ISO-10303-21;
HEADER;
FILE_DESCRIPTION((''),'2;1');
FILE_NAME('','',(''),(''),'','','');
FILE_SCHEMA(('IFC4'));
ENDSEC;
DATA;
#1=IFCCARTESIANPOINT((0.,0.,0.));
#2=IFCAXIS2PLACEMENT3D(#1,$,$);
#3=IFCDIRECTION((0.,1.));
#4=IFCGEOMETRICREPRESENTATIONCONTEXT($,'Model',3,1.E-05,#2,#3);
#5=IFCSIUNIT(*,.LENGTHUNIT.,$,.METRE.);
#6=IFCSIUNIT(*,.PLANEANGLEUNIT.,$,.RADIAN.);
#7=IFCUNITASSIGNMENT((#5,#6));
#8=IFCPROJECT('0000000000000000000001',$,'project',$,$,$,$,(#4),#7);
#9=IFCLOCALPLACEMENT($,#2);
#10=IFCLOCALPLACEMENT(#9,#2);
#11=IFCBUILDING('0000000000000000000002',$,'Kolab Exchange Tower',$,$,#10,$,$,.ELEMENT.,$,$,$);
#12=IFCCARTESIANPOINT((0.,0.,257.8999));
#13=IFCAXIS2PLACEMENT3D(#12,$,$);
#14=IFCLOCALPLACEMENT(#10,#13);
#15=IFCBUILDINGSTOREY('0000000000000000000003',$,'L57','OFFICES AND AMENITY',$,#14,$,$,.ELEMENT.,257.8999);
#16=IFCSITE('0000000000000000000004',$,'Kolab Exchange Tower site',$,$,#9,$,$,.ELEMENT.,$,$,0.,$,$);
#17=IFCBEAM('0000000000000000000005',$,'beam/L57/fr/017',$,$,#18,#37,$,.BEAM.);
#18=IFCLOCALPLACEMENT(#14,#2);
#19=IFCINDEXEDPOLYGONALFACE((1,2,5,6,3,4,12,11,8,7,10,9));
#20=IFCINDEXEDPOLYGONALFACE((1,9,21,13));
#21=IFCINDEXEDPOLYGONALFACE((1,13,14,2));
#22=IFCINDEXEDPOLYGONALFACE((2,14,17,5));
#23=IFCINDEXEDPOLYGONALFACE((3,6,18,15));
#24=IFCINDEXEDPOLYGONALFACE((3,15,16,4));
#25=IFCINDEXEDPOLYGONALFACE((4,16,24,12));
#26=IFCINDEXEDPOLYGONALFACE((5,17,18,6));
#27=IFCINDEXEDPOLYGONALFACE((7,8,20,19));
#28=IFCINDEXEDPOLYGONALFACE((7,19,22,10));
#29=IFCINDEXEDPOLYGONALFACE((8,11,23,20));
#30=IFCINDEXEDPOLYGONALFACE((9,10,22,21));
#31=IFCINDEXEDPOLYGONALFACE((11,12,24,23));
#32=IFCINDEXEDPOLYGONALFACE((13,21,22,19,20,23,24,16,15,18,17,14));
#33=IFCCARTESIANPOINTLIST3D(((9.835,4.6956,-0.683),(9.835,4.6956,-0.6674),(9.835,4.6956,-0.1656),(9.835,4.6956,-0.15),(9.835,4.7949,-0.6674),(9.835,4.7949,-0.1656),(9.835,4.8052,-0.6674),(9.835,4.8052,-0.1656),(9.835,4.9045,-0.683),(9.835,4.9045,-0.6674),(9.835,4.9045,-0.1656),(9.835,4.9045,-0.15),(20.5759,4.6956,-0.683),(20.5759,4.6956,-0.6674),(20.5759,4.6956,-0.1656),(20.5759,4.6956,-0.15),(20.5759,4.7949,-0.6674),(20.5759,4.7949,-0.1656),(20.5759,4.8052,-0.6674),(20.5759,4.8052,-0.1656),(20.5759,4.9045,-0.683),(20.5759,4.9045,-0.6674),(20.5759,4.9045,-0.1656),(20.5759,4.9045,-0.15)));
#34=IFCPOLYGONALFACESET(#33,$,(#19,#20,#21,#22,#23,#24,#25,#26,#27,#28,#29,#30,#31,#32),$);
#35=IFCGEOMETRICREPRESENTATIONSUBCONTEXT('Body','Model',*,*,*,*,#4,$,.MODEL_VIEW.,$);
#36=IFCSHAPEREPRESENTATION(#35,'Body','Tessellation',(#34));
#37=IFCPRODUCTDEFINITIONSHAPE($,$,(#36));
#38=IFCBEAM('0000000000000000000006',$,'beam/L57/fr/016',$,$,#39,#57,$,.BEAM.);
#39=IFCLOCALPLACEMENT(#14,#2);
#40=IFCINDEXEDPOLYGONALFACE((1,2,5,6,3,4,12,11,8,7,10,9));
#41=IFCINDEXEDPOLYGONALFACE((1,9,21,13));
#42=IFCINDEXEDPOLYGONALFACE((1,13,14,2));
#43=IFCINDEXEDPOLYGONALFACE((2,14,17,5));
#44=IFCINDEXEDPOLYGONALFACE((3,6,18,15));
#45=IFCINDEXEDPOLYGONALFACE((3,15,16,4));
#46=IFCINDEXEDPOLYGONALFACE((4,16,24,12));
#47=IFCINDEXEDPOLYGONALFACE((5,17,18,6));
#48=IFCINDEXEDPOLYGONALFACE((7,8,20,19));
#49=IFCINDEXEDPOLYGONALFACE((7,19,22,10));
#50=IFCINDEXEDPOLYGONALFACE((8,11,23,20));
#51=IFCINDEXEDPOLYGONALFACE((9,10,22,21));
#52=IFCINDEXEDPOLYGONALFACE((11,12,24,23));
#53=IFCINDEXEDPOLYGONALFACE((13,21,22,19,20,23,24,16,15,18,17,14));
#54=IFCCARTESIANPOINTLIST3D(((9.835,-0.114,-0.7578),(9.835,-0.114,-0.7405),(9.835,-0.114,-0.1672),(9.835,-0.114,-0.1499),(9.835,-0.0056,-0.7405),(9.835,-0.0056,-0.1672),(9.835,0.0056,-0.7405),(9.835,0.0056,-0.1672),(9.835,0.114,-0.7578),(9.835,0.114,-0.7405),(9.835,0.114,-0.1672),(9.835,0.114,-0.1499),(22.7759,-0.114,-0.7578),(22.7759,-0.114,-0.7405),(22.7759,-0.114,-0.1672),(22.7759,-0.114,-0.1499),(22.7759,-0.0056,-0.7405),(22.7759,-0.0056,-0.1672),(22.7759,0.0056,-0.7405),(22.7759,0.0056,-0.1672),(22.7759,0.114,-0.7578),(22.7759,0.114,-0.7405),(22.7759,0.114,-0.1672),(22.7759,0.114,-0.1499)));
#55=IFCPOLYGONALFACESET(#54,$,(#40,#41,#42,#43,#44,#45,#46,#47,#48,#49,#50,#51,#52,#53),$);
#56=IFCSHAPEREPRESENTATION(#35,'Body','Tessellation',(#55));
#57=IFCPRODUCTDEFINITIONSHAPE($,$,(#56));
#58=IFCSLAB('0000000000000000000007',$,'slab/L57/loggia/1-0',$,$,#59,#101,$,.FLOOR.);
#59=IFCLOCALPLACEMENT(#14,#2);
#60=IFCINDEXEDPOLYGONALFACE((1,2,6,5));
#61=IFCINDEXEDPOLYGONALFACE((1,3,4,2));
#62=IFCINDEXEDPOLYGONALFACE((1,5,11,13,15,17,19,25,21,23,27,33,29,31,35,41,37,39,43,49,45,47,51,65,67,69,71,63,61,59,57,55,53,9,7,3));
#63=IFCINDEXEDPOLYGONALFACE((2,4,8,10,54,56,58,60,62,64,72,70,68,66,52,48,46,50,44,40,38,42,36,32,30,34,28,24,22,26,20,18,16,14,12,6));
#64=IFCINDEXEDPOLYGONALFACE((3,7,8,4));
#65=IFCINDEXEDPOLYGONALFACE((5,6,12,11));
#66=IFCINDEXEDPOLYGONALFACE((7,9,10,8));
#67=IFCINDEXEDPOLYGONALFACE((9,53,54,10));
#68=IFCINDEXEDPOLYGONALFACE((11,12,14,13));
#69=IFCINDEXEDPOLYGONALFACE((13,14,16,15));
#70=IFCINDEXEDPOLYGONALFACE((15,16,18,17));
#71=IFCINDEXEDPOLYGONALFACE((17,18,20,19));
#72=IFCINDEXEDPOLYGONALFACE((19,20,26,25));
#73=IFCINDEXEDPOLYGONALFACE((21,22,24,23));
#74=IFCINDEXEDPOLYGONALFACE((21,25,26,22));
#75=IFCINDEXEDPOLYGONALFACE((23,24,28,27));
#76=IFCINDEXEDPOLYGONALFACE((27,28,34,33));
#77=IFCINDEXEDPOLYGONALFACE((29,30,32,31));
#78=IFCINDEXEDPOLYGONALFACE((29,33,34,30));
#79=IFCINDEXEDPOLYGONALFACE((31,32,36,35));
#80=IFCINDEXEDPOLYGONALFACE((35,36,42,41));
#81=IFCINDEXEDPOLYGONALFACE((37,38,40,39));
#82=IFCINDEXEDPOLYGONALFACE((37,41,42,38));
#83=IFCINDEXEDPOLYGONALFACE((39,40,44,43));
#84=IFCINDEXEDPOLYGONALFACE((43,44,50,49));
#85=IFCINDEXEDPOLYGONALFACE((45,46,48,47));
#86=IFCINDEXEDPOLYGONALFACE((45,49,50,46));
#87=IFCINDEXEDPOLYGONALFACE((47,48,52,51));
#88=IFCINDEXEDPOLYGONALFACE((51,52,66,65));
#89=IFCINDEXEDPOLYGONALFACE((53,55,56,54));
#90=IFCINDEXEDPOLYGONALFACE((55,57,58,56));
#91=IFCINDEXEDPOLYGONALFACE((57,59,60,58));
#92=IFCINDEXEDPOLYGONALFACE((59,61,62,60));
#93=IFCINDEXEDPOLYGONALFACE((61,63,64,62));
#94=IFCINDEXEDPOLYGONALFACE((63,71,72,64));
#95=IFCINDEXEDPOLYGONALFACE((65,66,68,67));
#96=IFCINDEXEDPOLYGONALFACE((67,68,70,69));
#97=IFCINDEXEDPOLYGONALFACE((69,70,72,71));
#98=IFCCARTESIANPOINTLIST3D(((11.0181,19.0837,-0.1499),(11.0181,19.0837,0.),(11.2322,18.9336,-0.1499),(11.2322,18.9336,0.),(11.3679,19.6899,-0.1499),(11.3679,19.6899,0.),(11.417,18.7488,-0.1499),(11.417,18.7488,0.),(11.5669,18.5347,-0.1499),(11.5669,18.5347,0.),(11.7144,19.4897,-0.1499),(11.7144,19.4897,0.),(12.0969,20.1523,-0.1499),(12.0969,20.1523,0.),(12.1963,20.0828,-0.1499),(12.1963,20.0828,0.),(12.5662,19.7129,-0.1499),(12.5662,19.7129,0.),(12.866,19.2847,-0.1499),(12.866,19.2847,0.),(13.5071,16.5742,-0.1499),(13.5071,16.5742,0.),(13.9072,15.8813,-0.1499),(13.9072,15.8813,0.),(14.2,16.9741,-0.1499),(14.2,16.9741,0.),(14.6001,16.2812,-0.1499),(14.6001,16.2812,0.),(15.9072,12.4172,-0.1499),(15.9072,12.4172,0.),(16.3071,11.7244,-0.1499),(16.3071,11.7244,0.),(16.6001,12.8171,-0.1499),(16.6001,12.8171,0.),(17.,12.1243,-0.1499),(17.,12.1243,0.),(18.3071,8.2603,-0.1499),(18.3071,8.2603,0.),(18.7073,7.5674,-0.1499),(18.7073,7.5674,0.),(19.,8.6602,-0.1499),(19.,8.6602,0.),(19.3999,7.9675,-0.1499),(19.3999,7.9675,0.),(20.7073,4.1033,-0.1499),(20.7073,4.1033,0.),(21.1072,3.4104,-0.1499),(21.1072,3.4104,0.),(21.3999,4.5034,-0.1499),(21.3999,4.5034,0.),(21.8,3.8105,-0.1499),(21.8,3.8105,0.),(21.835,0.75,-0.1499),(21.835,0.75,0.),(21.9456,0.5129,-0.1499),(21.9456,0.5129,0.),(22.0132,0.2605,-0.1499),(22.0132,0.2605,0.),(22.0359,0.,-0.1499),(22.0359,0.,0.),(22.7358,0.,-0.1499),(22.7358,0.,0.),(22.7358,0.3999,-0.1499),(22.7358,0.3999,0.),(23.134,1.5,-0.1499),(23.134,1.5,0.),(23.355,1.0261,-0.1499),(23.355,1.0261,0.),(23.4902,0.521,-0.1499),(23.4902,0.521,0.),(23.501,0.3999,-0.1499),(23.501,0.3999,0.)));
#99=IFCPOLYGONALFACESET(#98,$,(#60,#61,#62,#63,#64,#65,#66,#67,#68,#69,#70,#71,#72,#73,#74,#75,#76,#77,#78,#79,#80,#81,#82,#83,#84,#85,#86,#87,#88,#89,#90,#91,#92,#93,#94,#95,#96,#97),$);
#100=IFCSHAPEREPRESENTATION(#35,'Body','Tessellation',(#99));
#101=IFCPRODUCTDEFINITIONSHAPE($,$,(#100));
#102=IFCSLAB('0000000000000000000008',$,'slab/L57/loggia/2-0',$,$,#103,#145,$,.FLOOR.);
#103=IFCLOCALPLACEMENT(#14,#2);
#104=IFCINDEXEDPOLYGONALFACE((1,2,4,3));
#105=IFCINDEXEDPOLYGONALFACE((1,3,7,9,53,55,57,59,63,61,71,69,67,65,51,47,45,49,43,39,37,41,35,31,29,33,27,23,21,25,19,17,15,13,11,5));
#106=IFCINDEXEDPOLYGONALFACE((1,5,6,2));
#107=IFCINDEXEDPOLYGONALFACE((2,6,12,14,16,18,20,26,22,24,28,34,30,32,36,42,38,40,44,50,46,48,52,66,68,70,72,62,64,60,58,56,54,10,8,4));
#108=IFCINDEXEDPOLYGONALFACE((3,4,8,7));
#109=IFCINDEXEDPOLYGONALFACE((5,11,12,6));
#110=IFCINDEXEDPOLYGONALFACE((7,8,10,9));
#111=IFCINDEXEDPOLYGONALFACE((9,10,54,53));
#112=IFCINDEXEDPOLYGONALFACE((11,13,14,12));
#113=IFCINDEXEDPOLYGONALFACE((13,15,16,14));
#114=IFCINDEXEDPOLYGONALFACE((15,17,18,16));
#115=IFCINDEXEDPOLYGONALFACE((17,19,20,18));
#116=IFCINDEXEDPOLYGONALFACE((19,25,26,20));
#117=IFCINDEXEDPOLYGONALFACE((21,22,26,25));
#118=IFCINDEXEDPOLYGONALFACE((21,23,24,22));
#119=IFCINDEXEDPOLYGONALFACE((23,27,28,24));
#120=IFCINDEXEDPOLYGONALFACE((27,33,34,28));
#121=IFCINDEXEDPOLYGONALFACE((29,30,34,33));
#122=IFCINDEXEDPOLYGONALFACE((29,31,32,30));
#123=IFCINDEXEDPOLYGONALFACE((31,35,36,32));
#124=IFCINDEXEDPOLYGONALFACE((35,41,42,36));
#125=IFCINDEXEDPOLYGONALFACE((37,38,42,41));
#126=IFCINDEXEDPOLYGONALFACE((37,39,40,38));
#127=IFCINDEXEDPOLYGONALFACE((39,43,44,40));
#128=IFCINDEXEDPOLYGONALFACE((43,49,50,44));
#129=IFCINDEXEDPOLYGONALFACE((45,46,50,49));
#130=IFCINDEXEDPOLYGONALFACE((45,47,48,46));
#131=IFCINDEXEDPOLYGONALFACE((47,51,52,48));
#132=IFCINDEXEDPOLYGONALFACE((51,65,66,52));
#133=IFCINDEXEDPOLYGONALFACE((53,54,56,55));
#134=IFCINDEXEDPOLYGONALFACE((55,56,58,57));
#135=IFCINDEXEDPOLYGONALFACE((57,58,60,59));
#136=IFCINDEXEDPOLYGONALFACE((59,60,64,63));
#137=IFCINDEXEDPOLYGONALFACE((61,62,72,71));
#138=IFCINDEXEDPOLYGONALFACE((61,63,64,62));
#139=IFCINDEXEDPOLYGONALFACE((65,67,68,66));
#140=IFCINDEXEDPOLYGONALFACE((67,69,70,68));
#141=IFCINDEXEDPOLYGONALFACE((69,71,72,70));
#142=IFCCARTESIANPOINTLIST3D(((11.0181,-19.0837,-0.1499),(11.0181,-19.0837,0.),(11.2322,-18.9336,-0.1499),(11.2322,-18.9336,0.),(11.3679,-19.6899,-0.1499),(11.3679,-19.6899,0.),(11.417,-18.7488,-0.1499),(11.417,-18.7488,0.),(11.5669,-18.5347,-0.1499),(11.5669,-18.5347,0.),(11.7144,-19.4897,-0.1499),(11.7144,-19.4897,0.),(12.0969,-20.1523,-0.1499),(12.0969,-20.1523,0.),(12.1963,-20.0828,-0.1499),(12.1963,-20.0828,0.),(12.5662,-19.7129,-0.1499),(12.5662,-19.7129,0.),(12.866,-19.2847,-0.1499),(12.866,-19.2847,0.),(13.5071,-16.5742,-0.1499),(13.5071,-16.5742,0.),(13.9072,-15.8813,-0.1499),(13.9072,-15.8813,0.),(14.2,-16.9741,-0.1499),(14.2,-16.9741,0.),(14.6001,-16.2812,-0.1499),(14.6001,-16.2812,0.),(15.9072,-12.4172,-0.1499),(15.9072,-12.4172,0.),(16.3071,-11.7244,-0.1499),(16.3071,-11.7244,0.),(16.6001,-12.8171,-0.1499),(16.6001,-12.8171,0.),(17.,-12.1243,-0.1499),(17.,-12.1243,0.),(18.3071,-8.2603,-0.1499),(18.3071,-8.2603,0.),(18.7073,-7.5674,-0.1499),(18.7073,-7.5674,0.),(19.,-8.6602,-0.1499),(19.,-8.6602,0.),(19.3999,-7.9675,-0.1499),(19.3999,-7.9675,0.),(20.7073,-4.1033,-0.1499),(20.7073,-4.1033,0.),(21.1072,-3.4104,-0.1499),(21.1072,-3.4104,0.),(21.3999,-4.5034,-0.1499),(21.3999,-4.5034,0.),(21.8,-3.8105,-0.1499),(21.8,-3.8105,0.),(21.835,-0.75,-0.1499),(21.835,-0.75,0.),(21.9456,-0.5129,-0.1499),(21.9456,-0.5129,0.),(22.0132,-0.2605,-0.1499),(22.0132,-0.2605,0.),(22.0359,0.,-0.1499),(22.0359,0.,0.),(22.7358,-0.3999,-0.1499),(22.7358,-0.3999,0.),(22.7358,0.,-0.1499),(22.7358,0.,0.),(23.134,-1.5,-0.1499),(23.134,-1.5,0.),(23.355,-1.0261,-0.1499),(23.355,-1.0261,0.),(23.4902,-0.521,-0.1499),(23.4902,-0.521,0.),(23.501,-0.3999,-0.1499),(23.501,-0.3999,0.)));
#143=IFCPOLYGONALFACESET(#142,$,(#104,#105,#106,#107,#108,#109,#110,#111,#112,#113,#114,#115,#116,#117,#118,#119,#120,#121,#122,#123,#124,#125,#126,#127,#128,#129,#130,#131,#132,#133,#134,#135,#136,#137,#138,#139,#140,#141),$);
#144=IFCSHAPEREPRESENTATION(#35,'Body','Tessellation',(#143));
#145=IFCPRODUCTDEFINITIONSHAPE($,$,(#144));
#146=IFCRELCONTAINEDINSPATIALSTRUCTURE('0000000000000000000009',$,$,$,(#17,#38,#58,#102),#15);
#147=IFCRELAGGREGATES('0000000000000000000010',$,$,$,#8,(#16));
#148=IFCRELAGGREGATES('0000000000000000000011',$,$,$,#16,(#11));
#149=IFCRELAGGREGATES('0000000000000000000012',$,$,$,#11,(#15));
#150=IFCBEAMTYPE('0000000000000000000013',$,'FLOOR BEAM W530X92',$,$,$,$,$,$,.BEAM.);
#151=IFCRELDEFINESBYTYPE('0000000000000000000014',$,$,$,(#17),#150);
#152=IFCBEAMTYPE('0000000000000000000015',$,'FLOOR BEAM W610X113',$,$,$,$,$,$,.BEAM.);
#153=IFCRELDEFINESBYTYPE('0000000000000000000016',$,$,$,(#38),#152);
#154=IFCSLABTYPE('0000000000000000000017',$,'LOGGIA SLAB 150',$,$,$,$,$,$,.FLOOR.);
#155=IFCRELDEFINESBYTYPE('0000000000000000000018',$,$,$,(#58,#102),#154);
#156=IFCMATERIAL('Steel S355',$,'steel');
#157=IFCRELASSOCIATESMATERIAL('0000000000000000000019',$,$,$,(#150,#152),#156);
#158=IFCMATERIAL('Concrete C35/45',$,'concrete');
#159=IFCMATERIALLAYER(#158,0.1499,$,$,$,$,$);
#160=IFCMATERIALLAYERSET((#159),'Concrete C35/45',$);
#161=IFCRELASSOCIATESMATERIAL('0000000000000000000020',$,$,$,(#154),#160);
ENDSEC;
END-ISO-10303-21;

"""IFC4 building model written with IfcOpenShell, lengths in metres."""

from ifc_helpers import new_model, si_unit, direction, frame, origin, origin_2d, place, context, subcontext, project, spatial, polyline, i_section, outline, extrude, material, layer, layer_set, material_profile, profile_set, type_object, element, save


model = new_model("IFC4")

# Units and contexts
model_context = context("Model", 3, precision=1e-05, world=origin(), true_north=direction((0.0, 1.0)))
body_context = subcontext(model_context, "Body", "Model", "MODEL_VIEW")
ifc_project = project(units=[si_unit("LENGTHUNIT", "METRE"), si_unit("PLANEANGLEUNIT", "RADIAN")], contexts=[model_context])

# Site, building, storey
site_placement = place(None, origin())
site = spatial("IfcSite", under=ifc_project, at=site_placement, Name="Kolab Exchange Tower site", CompositionType="ELEMENT", RefElevation=0.0)
building_placement = place(site_placement, origin())
building = spatial("IfcBuilding", under=site, at=building_placement, Name="Kolab Exchange Tower", CompositionType="ELEMENT")
storey_placement = place(building_placement, frame((0.0, 0.0, 257.8999)))
storey = spatial("IfcBuildingStorey", under=building, at=storey_placement, Name="L57", Description="OFFICES AND AMENITY", CompositionType="ELEMENT", Elevation=257.8999)

# Beams
ifc_material_1 = material(Name="Steel S355", Category="steel")
ifc_material_profile_1 = material_profile(ifc_material_1, i_section(OverallWidth=0.209, OverallDepth=0.533, WebThickness=0.0103, FlangeThickness=0.0156, at=origin_2d()), Name="W530X92")
ifc_profile_set_1 = profile_set([ifc_material_profile_1], Name="Steel S355")
beam_type_1 = type_object("IfcBeamType", Name="FLOOR BEAM W530X92", PredefinedType="BEAM", material=ifc_profile_set_1)
beam_1_placement = place(storey_placement, frame((9.835, 4.8, -0.4165), z_axis=(1.0, 0.0, 0.0), x_axis=(0.0, 1.0, 0.0)))
element("IfcBeam", 1, at=beam_1_placement, inside=storey, type_object=beam_type_1, Name="beam/L57/fr/017", PredefinedType="BEAM", context=body_context, shape_type="SweptSolid", body=[
    extrude(i_section(OverallWidth=0.209, OverallDepth=0.533, WebThickness=0.0103, FlangeThickness=0.0156, at=origin_2d()), origin(), (0.0, 0.0, 1.0), 10.741),
])
ifc_material_profile_2 = material_profile(ifc_material_1, i_section(OverallWidth=0.228, OverallDepth=0.6079, WebThickness=0.0112, FlangeThickness=0.0173, at=origin_2d()), Name="W610X113")
ifc_profile_set_2 = profile_set([ifc_material_profile_2], Name="Steel S355")
beam_type_2 = type_object("IfcBeamType", Name="FLOOR BEAM W610X113", PredefinedType="BEAM", material=ifc_profile_set_2)
beam_2_placement = place(storey_placement, frame((9.835, 0.0, -0.4539), z_axis=(1.0, 0.0, 0.0), x_axis=(0.0, 1.0, 0.0)))
element("IfcBeam", 2, at=beam_2_placement, inside=storey, type_object=beam_type_2, Name="beam/L57/fr/016", PredefinedType="BEAM", context=body_context, shape_type="SweptSolid", body=[
    extrude(i_section(OverallWidth=0.228, OverallDepth=0.6079, WebThickness=0.0112, FlangeThickness=0.0173, at=origin_2d()), origin(), (0.0, 0.0, 1.0), 12.9409),
])

# Slabs
ifc_material_2 = material(Name="Concrete C35/45", Category="concrete")
ifc_layer_1 = layer(ifc_material_2, 0.1499)
ifc_layer_set_1 = layer_set([ifc_layer_1], Name="Concrete C35/45")
slab_type_1 = type_object("IfcSlabType", Name="LOGGIA SLAB 150", PredefinedType="FLOOR", material=ifc_layer_set_1)
slab_1_placement = place(storey_placement, frame((0.0, 0.0, -0.1499)))
element("IfcSlab", 3, at=slab_1_placement, inside=storey, type_object=slab_type_1, Name="slab/L57/loggia/1-0", PredefinedType="FLOOR", context=body_context, shape_type="SweptSolid", body=[
    extrude(outline(polyline([(22.0359, 0.0), (22.7358, 0.0), (22.7358, 0.3999), (23.501, 0.3999), (23.4902, 0.521), (23.355, 1.0261), (23.134, 1.5), (21.8, 3.8105), (21.1072, 3.4104), (20.7073, 4.1033), (21.3999, 4.5034), (19.3999, 7.9675), (18.7073, 7.5674), (18.3071, 8.2603), (19.0, 8.6602), (17.0, 12.1243), (16.3071, 11.7244), (15.9072, 12.4172), (16.6001, 12.8171), (14.6001, 16.2812), (13.9072, 15.8813), (13.5071, 16.5742), (14.2, 16.9741), (12.866, 19.2847), (12.5662, 19.7129), (12.1963, 20.0828), (12.0969, 20.1523), (11.7144, 19.4897), (11.3679, 19.6899), (11.0181, 19.0837), (11.2322, 18.9336), (11.417, 18.7488), (11.5669, 18.5347), (21.835, 0.75), (21.9456, 0.5129), (22.0132, 0.2605), (22.0359, 0.0)])), origin(), (0.0, 0.0, 1.0), 0.1499),
])
slab_2_placement = place(storey_placement, frame((0.0, 0.0, -0.1499)))
element("IfcSlab", 4, at=slab_2_placement, inside=storey, type_object=slab_type_1, Name="slab/L57/loggia/2-0", PredefinedType="FLOOR", context=body_context, shape_type="SweptSolid", body=[
    extrude(outline(polyline([(12.866, -19.2847), (14.2, -16.9741), (13.5071, -16.5742), (13.9072, -15.8813), (14.6001, -16.2812), (16.6001, -12.8171), (15.9072, -12.4172), (16.3071, -11.7244), (17.0, -12.1243), (19.0, -8.6602), (18.3071, -8.2603), (18.7073, -7.5674), (19.3999, -7.9675), (21.3999, -4.5034), (20.7073, -4.1033), (21.1072, -3.4104), (21.8, -3.8105), (23.134, -1.5), (23.355, -1.0261), (23.4902, -0.521), (23.501, -0.3999), (22.7358, -0.3999), (22.7358, 0.0), (22.0359, 0.0), (22.0132, -0.2605), (21.9456, -0.5129), (21.835, -0.75), (11.5669, -18.5347), (11.417, -18.7488), (11.2322, -18.9336), (11.0181, -19.0837), (11.3679, -19.6899), (11.7144, -19.4897), (12.0969, -20.1523), (12.1963, -20.0828), (12.5662, -19.7129), (12.866, -19.2847)])), origin(), (0.0, 0.0, 1.0), 0.1499),
])

save(model, "model.ifc")
